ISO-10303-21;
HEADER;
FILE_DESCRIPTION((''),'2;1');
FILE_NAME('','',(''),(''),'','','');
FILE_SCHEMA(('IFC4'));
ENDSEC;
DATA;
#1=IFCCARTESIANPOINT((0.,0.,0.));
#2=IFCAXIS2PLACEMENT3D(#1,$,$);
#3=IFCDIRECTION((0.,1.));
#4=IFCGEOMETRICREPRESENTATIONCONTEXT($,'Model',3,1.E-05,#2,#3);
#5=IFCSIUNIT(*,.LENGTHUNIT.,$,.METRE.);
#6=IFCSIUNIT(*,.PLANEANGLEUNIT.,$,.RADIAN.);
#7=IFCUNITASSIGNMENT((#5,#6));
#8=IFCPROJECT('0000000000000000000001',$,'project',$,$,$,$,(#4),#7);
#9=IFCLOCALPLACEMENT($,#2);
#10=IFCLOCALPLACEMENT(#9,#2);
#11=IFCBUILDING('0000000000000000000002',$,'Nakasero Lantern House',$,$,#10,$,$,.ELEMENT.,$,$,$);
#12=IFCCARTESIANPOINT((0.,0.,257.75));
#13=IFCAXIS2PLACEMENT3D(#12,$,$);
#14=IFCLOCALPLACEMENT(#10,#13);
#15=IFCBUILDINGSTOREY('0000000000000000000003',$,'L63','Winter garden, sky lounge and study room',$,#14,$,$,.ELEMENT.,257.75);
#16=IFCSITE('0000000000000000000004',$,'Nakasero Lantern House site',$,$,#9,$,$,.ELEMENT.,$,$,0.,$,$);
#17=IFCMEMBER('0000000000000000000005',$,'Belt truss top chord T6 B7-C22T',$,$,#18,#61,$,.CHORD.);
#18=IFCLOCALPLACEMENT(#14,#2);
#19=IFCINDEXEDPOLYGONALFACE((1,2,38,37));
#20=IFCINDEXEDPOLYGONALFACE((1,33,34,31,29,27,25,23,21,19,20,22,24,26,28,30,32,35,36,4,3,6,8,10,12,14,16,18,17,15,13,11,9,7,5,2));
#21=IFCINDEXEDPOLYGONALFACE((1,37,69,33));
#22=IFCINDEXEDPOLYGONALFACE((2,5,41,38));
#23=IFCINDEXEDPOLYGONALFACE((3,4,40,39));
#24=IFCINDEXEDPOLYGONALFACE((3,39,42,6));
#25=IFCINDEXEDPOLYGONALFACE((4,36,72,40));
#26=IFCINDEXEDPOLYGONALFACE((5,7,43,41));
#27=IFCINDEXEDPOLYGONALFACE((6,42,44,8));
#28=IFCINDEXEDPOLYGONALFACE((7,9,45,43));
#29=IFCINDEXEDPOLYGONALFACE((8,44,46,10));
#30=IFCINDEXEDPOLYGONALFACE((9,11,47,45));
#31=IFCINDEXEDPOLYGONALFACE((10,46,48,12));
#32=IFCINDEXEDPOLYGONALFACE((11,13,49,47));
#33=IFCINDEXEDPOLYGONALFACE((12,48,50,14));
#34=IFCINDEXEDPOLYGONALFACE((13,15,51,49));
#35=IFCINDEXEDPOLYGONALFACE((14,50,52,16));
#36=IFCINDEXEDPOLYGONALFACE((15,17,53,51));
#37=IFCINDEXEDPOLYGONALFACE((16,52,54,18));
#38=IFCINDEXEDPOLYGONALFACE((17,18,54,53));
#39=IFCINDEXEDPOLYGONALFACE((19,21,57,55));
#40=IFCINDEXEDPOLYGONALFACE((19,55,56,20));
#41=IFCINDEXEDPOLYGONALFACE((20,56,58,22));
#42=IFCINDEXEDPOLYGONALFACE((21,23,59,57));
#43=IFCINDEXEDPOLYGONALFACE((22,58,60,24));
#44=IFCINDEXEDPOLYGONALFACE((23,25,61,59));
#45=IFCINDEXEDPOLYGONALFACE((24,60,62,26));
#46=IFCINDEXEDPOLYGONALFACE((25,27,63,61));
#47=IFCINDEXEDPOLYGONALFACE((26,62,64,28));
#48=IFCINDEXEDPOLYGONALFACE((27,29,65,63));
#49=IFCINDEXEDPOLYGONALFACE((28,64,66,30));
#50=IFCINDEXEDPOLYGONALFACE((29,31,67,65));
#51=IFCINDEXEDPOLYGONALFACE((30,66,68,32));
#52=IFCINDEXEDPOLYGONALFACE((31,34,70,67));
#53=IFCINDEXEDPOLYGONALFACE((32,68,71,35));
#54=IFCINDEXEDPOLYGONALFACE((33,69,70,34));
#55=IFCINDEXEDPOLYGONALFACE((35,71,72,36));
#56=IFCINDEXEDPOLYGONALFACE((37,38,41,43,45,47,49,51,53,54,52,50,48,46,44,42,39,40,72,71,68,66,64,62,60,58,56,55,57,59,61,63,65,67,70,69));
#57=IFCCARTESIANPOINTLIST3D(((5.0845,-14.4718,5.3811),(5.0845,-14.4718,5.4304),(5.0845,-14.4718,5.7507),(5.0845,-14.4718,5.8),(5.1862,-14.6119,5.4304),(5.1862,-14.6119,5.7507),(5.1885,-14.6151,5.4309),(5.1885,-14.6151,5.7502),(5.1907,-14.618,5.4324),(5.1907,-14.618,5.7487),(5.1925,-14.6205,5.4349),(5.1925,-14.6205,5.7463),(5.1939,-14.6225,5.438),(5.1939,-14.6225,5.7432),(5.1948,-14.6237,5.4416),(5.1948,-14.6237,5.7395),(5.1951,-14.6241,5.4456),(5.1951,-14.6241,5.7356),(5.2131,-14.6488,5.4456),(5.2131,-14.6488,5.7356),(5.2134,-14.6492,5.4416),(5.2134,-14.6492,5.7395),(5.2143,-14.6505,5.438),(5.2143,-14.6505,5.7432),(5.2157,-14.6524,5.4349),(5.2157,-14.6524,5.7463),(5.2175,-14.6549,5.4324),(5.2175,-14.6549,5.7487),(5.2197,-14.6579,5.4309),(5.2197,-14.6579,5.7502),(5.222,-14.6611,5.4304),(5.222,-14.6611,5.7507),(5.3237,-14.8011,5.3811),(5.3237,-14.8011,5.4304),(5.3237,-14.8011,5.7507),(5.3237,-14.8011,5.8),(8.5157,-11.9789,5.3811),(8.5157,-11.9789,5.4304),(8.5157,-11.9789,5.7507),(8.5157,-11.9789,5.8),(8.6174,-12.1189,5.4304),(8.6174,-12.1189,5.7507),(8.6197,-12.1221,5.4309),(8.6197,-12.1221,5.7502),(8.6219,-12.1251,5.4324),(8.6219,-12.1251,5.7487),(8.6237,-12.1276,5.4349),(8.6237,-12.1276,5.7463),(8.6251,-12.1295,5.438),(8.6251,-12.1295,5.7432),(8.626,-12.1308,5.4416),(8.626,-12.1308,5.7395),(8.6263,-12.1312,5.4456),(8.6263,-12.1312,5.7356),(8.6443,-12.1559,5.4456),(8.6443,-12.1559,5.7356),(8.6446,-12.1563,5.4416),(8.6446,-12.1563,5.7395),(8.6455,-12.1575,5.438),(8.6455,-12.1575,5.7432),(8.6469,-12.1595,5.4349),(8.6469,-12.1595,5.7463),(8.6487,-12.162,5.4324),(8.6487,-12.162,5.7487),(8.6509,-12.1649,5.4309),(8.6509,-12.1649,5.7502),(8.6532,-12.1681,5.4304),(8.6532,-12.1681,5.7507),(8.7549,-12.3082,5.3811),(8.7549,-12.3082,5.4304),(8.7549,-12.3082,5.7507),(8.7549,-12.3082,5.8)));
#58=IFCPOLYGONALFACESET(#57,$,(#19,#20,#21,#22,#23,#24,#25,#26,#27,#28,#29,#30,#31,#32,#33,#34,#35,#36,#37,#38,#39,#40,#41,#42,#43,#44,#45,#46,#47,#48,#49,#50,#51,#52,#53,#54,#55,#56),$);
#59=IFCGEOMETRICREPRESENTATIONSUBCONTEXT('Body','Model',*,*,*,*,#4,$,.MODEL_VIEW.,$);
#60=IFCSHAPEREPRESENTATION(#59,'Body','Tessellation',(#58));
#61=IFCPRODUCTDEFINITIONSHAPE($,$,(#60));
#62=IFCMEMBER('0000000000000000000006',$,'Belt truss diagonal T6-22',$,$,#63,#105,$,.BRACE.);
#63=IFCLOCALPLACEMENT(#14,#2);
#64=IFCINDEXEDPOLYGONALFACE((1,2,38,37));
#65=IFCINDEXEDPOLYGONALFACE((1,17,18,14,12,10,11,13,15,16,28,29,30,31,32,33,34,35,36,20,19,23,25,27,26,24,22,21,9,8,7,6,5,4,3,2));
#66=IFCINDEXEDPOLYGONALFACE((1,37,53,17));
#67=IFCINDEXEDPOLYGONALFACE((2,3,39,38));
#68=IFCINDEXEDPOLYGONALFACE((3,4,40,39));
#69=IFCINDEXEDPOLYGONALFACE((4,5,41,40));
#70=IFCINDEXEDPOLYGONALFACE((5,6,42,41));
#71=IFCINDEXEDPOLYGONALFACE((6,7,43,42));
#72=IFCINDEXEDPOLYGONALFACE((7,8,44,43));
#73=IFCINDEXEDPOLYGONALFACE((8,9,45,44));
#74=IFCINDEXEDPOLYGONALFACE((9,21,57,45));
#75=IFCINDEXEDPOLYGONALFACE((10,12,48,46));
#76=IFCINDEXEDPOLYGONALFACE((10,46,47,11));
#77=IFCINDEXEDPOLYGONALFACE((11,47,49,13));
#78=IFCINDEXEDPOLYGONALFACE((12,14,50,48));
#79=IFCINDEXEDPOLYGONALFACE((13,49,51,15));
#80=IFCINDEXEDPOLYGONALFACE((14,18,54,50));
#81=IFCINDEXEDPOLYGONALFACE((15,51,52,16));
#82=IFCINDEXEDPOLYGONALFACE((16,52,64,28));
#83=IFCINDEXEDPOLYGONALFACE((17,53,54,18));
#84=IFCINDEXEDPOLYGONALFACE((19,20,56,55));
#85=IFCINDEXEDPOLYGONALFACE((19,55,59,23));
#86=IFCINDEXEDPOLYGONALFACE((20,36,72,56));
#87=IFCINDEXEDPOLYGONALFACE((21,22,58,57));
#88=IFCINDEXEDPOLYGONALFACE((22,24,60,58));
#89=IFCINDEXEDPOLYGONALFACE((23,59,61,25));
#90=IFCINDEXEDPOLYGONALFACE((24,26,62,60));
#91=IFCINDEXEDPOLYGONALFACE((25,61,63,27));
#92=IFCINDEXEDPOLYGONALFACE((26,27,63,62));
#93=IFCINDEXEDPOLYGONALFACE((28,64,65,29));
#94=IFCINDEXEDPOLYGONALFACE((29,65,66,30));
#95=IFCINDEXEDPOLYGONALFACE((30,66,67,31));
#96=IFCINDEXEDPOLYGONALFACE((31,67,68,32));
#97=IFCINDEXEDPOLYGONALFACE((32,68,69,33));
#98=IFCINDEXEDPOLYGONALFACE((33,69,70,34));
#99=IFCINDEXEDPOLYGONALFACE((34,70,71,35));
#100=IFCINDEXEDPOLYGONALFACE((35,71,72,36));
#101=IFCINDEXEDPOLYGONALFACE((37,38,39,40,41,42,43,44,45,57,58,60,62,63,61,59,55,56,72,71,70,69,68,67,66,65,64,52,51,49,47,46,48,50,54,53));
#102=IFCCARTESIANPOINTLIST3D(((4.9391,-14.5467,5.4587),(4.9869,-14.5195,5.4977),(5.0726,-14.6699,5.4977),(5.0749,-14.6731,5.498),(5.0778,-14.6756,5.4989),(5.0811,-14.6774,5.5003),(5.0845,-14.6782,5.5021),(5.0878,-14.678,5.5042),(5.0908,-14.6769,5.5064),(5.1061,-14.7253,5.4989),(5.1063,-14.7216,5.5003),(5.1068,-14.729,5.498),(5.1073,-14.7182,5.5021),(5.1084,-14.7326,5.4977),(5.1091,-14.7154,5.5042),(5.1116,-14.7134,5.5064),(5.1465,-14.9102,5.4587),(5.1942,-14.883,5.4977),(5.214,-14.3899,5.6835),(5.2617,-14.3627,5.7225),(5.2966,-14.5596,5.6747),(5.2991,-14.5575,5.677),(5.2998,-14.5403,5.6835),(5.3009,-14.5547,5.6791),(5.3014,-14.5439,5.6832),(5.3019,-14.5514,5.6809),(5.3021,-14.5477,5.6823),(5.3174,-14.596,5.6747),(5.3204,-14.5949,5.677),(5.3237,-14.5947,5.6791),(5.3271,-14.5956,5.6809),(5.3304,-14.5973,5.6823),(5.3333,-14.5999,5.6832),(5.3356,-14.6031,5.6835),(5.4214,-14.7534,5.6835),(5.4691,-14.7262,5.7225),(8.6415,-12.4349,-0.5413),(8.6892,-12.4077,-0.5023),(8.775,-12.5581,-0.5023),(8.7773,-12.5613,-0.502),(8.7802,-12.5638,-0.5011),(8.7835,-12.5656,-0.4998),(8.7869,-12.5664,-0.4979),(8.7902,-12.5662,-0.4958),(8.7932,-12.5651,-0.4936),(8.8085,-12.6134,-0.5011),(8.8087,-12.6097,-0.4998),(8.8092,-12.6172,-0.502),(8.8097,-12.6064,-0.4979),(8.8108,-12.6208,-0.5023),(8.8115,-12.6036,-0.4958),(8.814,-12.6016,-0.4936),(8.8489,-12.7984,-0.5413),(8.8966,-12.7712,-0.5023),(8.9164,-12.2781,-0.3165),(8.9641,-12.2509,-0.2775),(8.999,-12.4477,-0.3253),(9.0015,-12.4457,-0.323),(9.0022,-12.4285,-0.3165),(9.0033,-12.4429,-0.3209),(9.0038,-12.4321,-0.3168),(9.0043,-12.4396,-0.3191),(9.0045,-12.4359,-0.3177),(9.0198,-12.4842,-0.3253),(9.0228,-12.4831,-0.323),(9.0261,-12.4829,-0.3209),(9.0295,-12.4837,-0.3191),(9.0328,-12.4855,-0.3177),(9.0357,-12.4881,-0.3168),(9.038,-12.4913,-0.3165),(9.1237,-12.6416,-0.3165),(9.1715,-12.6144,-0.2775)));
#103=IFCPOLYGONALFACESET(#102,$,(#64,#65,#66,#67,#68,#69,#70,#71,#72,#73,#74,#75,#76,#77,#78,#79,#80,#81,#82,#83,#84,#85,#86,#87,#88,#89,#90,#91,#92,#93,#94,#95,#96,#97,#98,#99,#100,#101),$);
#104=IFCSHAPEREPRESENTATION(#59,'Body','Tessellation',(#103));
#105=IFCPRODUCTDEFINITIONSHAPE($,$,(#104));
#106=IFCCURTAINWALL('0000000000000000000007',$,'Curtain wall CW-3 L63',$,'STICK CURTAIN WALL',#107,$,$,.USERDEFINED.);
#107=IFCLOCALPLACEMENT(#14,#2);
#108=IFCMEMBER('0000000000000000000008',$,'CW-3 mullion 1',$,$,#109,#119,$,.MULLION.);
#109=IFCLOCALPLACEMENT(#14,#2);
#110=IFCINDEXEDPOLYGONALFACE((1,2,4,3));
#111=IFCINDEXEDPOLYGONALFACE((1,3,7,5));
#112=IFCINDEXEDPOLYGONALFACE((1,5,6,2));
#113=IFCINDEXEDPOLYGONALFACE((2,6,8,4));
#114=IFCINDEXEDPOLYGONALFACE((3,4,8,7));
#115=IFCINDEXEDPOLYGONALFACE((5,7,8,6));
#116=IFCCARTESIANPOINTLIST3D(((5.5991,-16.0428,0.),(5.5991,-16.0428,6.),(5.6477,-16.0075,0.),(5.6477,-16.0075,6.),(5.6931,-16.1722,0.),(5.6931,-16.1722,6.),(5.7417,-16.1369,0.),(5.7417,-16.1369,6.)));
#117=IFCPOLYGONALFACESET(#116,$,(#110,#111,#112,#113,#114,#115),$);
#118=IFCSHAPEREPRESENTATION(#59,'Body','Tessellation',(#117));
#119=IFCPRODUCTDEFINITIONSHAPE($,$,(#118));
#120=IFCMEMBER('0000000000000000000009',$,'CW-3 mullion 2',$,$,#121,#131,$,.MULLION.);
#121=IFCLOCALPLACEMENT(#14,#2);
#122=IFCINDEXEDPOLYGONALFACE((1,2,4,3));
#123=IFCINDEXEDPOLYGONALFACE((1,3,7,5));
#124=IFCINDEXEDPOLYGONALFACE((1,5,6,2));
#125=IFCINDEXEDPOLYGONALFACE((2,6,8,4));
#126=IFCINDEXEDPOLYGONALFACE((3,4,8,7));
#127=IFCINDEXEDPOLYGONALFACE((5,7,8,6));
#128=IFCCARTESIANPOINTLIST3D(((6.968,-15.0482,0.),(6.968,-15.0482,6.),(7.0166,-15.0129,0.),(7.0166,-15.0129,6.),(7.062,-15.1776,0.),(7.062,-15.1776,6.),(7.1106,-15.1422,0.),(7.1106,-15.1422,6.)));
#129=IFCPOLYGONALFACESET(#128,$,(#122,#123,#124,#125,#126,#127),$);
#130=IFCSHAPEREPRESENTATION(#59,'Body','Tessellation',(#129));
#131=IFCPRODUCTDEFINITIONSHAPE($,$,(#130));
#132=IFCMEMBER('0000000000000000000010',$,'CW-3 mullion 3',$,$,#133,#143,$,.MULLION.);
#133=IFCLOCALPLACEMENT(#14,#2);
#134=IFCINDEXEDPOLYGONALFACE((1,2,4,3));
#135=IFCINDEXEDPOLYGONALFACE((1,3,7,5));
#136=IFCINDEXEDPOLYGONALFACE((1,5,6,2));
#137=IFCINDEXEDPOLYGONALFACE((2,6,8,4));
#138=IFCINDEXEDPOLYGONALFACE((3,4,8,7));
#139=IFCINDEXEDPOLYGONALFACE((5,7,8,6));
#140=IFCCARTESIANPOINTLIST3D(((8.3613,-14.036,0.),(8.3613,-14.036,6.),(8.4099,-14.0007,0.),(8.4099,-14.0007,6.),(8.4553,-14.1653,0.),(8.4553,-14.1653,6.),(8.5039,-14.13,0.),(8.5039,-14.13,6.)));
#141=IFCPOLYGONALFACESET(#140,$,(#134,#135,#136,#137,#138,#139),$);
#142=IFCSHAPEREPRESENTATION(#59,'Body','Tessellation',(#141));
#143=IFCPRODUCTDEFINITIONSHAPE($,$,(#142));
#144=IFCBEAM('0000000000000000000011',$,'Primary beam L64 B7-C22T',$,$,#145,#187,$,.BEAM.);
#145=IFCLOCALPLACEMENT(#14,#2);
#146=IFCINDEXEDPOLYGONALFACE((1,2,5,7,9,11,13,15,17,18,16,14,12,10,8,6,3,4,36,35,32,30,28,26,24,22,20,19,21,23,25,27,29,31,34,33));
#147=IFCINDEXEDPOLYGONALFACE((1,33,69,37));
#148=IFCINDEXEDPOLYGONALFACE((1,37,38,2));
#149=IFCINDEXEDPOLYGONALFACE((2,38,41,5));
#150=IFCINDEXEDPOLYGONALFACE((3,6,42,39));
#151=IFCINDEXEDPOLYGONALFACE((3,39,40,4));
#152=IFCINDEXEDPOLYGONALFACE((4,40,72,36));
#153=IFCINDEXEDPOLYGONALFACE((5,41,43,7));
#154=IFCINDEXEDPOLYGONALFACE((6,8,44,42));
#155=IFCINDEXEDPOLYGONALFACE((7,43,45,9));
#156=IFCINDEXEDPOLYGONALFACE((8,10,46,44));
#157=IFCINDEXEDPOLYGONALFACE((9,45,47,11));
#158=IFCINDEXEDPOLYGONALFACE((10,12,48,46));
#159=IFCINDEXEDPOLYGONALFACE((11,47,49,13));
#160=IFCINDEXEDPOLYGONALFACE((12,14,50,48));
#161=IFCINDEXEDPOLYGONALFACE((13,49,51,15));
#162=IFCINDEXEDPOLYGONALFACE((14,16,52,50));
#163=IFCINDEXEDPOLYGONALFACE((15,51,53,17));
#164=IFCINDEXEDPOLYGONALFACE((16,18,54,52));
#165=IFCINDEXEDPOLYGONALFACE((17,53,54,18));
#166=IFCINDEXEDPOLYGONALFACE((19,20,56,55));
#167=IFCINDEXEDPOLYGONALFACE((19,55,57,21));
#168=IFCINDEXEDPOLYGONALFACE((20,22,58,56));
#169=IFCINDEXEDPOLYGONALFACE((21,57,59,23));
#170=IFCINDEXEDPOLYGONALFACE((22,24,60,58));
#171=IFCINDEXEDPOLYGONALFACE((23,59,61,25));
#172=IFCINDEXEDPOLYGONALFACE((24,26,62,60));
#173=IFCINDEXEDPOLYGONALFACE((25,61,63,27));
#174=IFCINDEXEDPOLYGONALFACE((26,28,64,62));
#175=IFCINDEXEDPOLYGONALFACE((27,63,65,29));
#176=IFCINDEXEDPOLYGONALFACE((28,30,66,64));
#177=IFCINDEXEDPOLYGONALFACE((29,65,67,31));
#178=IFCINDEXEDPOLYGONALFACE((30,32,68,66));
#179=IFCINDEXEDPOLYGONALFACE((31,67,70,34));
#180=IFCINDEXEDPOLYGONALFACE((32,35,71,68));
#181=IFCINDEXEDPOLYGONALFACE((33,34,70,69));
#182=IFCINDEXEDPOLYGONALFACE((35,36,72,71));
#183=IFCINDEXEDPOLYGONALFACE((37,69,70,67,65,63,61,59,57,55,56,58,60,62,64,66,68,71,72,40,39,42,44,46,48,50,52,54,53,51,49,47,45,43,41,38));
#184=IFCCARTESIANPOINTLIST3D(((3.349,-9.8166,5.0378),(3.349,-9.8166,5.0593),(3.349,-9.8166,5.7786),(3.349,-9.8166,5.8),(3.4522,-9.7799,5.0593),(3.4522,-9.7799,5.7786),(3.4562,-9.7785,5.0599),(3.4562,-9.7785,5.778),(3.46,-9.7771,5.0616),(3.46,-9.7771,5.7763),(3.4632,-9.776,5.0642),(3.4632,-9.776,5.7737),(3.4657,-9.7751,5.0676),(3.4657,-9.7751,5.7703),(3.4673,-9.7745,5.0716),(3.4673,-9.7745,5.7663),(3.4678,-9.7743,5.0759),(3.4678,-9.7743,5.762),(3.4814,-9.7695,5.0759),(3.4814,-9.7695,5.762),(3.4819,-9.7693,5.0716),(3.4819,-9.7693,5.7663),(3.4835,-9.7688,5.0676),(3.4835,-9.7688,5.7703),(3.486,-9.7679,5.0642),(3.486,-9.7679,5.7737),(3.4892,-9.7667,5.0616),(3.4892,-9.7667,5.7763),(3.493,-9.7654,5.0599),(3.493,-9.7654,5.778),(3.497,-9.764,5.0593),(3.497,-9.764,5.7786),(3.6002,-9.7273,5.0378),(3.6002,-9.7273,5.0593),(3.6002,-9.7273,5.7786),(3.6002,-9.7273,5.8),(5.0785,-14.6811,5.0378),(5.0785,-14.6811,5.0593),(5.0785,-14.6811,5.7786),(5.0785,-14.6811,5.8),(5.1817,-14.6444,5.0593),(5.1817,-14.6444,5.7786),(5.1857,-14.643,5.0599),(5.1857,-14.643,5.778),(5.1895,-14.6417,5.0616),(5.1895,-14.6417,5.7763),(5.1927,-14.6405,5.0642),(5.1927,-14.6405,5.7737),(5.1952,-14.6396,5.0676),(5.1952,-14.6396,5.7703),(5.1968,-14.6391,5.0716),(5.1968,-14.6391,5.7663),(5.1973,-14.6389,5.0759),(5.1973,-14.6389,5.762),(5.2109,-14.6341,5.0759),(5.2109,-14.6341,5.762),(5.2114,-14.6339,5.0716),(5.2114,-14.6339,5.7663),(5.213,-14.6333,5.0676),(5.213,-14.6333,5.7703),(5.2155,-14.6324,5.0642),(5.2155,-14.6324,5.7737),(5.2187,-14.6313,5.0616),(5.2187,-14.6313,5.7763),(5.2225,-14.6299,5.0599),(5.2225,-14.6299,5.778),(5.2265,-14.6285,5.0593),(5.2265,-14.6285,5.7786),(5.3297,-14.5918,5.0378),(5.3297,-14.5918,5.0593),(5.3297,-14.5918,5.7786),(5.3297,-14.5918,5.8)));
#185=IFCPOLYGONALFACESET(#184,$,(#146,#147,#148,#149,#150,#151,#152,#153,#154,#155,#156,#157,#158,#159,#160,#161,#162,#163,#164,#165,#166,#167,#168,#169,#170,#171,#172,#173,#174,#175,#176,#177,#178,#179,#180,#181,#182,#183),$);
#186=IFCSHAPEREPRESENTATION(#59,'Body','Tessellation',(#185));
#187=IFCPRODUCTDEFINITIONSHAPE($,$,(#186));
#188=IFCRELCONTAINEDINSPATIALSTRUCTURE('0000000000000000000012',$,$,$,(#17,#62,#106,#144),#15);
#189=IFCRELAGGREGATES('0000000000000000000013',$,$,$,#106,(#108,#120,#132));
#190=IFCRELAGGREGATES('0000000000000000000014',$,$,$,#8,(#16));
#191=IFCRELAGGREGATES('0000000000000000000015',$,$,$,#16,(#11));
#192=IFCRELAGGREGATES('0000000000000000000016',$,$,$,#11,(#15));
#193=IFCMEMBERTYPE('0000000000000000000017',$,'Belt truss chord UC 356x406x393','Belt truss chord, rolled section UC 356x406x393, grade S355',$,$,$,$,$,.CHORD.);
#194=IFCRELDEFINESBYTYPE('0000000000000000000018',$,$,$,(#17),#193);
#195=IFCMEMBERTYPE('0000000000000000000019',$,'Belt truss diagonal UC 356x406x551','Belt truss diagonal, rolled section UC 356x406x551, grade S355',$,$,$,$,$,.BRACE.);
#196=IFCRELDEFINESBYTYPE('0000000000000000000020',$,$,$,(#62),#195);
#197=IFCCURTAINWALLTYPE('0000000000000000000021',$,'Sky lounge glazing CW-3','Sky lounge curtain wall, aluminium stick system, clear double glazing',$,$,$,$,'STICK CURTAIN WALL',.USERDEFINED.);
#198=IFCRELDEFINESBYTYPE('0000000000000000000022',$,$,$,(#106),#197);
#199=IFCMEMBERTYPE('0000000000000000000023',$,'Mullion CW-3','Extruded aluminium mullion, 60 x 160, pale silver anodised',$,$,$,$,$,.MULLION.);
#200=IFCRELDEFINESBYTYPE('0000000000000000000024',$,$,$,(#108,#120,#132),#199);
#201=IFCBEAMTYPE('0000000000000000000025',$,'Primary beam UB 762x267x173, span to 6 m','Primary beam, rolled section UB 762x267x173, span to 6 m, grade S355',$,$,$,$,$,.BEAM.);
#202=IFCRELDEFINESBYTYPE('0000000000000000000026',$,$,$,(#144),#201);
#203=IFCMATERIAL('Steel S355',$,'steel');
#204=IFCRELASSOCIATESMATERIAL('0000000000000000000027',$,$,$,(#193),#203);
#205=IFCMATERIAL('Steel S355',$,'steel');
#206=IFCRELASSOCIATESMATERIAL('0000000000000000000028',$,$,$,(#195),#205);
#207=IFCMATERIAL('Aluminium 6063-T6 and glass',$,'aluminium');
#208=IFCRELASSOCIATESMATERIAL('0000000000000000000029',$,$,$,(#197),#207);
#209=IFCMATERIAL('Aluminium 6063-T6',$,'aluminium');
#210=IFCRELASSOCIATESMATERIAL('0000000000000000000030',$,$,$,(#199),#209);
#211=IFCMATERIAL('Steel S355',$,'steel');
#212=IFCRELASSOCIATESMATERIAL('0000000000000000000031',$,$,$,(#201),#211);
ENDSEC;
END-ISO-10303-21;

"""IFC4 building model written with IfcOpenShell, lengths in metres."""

from ifc_helpers import new_model, si_unit, direction, frame, origin, origin_2d, place, context, subcontext, project, spatial, rectangle, i_section, extrude, material, material_profile, profile_set, type_object, element, aggregate, save


model = new_model("IFC4")

# Units and contexts
model_context = context("Model", 3, precision=1e-05, world=origin(), true_north=direction((0.0, 1.0)))
body_context = subcontext(model_context, "Body", "Model", "MODEL_VIEW")
ifc_project = project(units=[si_unit("LENGTHUNIT", "METRE"), si_unit("PLANEANGLEUNIT", "RADIAN")], contexts=[model_context])

# Site, building, storey
site_placement = place(None, origin())
site = spatial("IfcSite", under=ifc_project, at=site_placement, Name="Nakasero Lantern House site", CompositionType="ELEMENT", RefElevation=0.0)
building_placement = place(site_placement, origin())
building = spatial("IfcBuilding", under=site, at=building_placement, Name="Nakasero Lantern House", CompositionType="ELEMENT")
storey_placement = place(building_placement, frame((0.0, 0.0, 257.75)))
storey = spatial("IfcBuildingStorey", under=building, at=storey_placement, Name="L63", Description="Winter garden, sky lounge and study room", CompositionType="ELEMENT", Elevation=257.75)

# Members
ifc_material_1 = material(Name="Steel S355", Category="steel")
ifc_material_profile_1 = material_profile(ifc_material_1, i_section(OverallWidth=0.407, OverallDepth=0.4189, WebThickness=0.0305, FlangeThickness=0.0493, FilletRadius=0.0151, at=origin_2d()), Name="UC 356x406x393")
ifc_profile_set_1 = profile_set([ifc_material_profile_1], Name="Steel S355")
member_type_1 = type_object("IfcMemberType", Name="Belt truss chord UC 356x406x393", Description="Belt truss chord, rolled section UC 356x406x393, grade S355", PredefinedType="CHORD", material=ifc_profile_set_1)
member_1_placement = place(storey_placement, frame((5.2041, -14.6365, 5.5906), z_axis=(0.809012, 0.587792, 0.0), x_axis=(-0.587792, 0.809012, 0.0)))
element("IfcMember", 1, at=member_1_placement, inside=storey, type_object=member_type_1, Name="Belt truss top chord T6 B7-C22T", PredefinedType="CHORD", context=body_context, shape_type="SweptSolid", body=[
    extrude(i_section(OverallWidth=0.407, OverallDepth=0.4189, WebThickness=0.0305, FlangeThickness=0.0493, FilletRadius=0.0151, at=origin_2d()), origin(), (0.0, 0.0, 1.0), 4.2412),
])
ifc_material_2 = material(Name="Steel S355", Category="steel")
ifc_material_profile_2 = material_profile(ifc_material_2, i_section(OverallWidth=0.4185, OverallDepth=0.4556, WebThickness=0.042, FlangeThickness=0.0674, FilletRadius=0.0151, at=origin_2d()), Name="UC 356x406x551")
ifc_profile_set_2 = profile_set([ifc_material_profile_2], Name="Steel S355")
member_type_2 = type_object("IfcMemberType", Name="Belt truss diagonal UC 356x406x551", Description="Belt truss diagonal, rolled section UC 356x406x551, grade S355", PredefinedType="BRACE", material=ifc_profile_set_2)
member_2_placement = place(storey_placement, frame((5.2041, -14.6365, 5.5906), z_axis=(0.503052, 0.286937, -0.815233), x_axis=(-0.49546, 0.868631, 0.0)))
element("IfcMember", 2, at=member_2_placement, inside=storey, type_object=member_type_2, Name="Belt truss diagonal T6-22", PredefinedType="BRACE", context=body_context, shape_type="SweptSolid", body=[
    extrude(i_section(OverallWidth=0.4185, OverallDepth=0.4556, WebThickness=0.042, FlangeThickness=0.0674, FilletRadius=0.0151, at=origin_2d()), origin(), (0.0, 0.0, 1.0), 7.3599),
])

# Curtain wall, members
ifc_material_3 = material(Name="Aluminium 6063-T6 and glass", Category="aluminium")
curtain_wall_type = type_object("IfcCurtainWallType", Name="Sky lounge glazing CW-3", Description="Sky lounge curtain wall, aluminium stick system, clear double glazing", ElementType="STICK CURTAIN WALL", PredefinedType="USERDEFINED", material=ifc_material_3)
curtain_wall_placement = place(storey_placement, origin())
curtain_wall = element("IfcCurtainWall", 3, at=curtain_wall_placement, inside=storey, type_object=curtain_wall_type, Name="Curtain wall CW-3 L63", ObjectType="STICK CURTAIN WALL", PredefinedType="USERDEFINED")
ifc_material_4 = material(Name="Aluminium 6063-T6", Category="aluminium")
ifc_material_profile_3 = material_profile(ifc_material_4, rectangle(XDim=0.0601, YDim=0.1599, at=origin_2d()), Name="CW-3 mullion 60x160")
ifc_profile_set_3 = profile_set([ifc_material_profile_3], Name="Aluminium 6063-T6")
member_type_3 = type_object("IfcMemberType", Name="Mullion CW-3", Description="Extruded aluminium mullion, 60 x 160, pale silver anodised", PredefinedType="MULLION", material=ifc_profile_set_3)
member_3_placement = place(storey_placement, frame((5.6704, -16.0898, 0.0), z_axis=(0.0, 0.0, 1.0), x_axis=(0.809017, 0.587785, 0.0)))
member_3 = element("IfcMember", 4, at=member_3_placement, type_object=member_type_3, Name="CW-3 mullion 1", PredefinedType="MULLION", context=body_context, shape_type="SweptSolid", body=[
    extrude(rectangle(XDim=0.0601, YDim=0.1599, at=origin_2d()), origin(), (0.0, 0.0, 1.0), 6.0),
])
member_4_placement = place(storey_placement, frame((7.0393, -15.0952, 0.0), z_axis=(0.0, 0.0, 1.0), x_axis=(0.809017, 0.587785, 0.0)))
member_4 = element("IfcMember", 5, at=member_4_placement, type_object=member_type_3, Name="CW-3 mullion 2", PredefinedType="MULLION", context=body_context, shape_type="SweptSolid", body=[
    extrude(rectangle(XDim=0.0601, YDim=0.1599, at=origin_2d()), origin(), (0.0, 0.0, 1.0), 6.0),
])
member_5_placement = place(storey_placement, frame((8.4326, -14.083, 0.0), z_axis=(0.0, 0.0, 1.0), x_axis=(0.809017, 0.587785, 0.0)))
member_5 = element("IfcMember", 6, at=member_5_placement, type_object=member_type_3, Name="CW-3 mullion 3", PredefinedType="MULLION", context=body_context, shape_type="SweptSolid", body=[
    extrude(rectangle(XDim=0.0601, YDim=0.1599, at=origin_2d()), origin(), (0.0, 0.0, 1.0), 6.0),
])

# Beam
ifc_material_5 = material(Name="Steel S355", Category="steel")
ifc_material_profile_4 = material_profile(ifc_material_5, i_section(OverallWidth=0.2666, OverallDepth=0.7622, WebThickness=0.0144, FlangeThickness=0.0215, FilletRadius=0.0166, at=origin_2d()), Name="UB 762x267x173")
ifc_profile_set_4 = profile_set([ifc_material_profile_4], Name="Steel S355")
beam_type = type_object("IfcBeamType", Name="Primary beam UB 762x267x173, span to 6 m", Description="Primary beam, rolled section UB 762x267x173, span to 6 m, grade S355", PredefinedType="BEAM", material=ifc_profile_set_4)
beam_placement = place(storey_placement, frame((5.2041, -14.6365, 5.4189), z_axis=(-0.334991, 0.942221, 0.0), x_axis=(-0.942221, -0.334991, 0.0)))
element("IfcBeam", 7, at=beam_placement, inside=storey, type_object=beam_type, Name="Primary beam L64 B7-C22T", PredefinedType="BEAM", context=body_context, shape_type="SweptSolid", body=[
    extrude(i_section(OverallWidth=0.2666, OverallDepth=0.7622, WebThickness=0.0144, FlangeThickness=0.0215, FilletRadius=0.0166, at=origin_2d()), origin(), (0.0, 0.0, 1.0), 5.1628),
])

aggregate(curtain_wall, [member_3, member_4, member_5])

save(model, "model.ifc")
